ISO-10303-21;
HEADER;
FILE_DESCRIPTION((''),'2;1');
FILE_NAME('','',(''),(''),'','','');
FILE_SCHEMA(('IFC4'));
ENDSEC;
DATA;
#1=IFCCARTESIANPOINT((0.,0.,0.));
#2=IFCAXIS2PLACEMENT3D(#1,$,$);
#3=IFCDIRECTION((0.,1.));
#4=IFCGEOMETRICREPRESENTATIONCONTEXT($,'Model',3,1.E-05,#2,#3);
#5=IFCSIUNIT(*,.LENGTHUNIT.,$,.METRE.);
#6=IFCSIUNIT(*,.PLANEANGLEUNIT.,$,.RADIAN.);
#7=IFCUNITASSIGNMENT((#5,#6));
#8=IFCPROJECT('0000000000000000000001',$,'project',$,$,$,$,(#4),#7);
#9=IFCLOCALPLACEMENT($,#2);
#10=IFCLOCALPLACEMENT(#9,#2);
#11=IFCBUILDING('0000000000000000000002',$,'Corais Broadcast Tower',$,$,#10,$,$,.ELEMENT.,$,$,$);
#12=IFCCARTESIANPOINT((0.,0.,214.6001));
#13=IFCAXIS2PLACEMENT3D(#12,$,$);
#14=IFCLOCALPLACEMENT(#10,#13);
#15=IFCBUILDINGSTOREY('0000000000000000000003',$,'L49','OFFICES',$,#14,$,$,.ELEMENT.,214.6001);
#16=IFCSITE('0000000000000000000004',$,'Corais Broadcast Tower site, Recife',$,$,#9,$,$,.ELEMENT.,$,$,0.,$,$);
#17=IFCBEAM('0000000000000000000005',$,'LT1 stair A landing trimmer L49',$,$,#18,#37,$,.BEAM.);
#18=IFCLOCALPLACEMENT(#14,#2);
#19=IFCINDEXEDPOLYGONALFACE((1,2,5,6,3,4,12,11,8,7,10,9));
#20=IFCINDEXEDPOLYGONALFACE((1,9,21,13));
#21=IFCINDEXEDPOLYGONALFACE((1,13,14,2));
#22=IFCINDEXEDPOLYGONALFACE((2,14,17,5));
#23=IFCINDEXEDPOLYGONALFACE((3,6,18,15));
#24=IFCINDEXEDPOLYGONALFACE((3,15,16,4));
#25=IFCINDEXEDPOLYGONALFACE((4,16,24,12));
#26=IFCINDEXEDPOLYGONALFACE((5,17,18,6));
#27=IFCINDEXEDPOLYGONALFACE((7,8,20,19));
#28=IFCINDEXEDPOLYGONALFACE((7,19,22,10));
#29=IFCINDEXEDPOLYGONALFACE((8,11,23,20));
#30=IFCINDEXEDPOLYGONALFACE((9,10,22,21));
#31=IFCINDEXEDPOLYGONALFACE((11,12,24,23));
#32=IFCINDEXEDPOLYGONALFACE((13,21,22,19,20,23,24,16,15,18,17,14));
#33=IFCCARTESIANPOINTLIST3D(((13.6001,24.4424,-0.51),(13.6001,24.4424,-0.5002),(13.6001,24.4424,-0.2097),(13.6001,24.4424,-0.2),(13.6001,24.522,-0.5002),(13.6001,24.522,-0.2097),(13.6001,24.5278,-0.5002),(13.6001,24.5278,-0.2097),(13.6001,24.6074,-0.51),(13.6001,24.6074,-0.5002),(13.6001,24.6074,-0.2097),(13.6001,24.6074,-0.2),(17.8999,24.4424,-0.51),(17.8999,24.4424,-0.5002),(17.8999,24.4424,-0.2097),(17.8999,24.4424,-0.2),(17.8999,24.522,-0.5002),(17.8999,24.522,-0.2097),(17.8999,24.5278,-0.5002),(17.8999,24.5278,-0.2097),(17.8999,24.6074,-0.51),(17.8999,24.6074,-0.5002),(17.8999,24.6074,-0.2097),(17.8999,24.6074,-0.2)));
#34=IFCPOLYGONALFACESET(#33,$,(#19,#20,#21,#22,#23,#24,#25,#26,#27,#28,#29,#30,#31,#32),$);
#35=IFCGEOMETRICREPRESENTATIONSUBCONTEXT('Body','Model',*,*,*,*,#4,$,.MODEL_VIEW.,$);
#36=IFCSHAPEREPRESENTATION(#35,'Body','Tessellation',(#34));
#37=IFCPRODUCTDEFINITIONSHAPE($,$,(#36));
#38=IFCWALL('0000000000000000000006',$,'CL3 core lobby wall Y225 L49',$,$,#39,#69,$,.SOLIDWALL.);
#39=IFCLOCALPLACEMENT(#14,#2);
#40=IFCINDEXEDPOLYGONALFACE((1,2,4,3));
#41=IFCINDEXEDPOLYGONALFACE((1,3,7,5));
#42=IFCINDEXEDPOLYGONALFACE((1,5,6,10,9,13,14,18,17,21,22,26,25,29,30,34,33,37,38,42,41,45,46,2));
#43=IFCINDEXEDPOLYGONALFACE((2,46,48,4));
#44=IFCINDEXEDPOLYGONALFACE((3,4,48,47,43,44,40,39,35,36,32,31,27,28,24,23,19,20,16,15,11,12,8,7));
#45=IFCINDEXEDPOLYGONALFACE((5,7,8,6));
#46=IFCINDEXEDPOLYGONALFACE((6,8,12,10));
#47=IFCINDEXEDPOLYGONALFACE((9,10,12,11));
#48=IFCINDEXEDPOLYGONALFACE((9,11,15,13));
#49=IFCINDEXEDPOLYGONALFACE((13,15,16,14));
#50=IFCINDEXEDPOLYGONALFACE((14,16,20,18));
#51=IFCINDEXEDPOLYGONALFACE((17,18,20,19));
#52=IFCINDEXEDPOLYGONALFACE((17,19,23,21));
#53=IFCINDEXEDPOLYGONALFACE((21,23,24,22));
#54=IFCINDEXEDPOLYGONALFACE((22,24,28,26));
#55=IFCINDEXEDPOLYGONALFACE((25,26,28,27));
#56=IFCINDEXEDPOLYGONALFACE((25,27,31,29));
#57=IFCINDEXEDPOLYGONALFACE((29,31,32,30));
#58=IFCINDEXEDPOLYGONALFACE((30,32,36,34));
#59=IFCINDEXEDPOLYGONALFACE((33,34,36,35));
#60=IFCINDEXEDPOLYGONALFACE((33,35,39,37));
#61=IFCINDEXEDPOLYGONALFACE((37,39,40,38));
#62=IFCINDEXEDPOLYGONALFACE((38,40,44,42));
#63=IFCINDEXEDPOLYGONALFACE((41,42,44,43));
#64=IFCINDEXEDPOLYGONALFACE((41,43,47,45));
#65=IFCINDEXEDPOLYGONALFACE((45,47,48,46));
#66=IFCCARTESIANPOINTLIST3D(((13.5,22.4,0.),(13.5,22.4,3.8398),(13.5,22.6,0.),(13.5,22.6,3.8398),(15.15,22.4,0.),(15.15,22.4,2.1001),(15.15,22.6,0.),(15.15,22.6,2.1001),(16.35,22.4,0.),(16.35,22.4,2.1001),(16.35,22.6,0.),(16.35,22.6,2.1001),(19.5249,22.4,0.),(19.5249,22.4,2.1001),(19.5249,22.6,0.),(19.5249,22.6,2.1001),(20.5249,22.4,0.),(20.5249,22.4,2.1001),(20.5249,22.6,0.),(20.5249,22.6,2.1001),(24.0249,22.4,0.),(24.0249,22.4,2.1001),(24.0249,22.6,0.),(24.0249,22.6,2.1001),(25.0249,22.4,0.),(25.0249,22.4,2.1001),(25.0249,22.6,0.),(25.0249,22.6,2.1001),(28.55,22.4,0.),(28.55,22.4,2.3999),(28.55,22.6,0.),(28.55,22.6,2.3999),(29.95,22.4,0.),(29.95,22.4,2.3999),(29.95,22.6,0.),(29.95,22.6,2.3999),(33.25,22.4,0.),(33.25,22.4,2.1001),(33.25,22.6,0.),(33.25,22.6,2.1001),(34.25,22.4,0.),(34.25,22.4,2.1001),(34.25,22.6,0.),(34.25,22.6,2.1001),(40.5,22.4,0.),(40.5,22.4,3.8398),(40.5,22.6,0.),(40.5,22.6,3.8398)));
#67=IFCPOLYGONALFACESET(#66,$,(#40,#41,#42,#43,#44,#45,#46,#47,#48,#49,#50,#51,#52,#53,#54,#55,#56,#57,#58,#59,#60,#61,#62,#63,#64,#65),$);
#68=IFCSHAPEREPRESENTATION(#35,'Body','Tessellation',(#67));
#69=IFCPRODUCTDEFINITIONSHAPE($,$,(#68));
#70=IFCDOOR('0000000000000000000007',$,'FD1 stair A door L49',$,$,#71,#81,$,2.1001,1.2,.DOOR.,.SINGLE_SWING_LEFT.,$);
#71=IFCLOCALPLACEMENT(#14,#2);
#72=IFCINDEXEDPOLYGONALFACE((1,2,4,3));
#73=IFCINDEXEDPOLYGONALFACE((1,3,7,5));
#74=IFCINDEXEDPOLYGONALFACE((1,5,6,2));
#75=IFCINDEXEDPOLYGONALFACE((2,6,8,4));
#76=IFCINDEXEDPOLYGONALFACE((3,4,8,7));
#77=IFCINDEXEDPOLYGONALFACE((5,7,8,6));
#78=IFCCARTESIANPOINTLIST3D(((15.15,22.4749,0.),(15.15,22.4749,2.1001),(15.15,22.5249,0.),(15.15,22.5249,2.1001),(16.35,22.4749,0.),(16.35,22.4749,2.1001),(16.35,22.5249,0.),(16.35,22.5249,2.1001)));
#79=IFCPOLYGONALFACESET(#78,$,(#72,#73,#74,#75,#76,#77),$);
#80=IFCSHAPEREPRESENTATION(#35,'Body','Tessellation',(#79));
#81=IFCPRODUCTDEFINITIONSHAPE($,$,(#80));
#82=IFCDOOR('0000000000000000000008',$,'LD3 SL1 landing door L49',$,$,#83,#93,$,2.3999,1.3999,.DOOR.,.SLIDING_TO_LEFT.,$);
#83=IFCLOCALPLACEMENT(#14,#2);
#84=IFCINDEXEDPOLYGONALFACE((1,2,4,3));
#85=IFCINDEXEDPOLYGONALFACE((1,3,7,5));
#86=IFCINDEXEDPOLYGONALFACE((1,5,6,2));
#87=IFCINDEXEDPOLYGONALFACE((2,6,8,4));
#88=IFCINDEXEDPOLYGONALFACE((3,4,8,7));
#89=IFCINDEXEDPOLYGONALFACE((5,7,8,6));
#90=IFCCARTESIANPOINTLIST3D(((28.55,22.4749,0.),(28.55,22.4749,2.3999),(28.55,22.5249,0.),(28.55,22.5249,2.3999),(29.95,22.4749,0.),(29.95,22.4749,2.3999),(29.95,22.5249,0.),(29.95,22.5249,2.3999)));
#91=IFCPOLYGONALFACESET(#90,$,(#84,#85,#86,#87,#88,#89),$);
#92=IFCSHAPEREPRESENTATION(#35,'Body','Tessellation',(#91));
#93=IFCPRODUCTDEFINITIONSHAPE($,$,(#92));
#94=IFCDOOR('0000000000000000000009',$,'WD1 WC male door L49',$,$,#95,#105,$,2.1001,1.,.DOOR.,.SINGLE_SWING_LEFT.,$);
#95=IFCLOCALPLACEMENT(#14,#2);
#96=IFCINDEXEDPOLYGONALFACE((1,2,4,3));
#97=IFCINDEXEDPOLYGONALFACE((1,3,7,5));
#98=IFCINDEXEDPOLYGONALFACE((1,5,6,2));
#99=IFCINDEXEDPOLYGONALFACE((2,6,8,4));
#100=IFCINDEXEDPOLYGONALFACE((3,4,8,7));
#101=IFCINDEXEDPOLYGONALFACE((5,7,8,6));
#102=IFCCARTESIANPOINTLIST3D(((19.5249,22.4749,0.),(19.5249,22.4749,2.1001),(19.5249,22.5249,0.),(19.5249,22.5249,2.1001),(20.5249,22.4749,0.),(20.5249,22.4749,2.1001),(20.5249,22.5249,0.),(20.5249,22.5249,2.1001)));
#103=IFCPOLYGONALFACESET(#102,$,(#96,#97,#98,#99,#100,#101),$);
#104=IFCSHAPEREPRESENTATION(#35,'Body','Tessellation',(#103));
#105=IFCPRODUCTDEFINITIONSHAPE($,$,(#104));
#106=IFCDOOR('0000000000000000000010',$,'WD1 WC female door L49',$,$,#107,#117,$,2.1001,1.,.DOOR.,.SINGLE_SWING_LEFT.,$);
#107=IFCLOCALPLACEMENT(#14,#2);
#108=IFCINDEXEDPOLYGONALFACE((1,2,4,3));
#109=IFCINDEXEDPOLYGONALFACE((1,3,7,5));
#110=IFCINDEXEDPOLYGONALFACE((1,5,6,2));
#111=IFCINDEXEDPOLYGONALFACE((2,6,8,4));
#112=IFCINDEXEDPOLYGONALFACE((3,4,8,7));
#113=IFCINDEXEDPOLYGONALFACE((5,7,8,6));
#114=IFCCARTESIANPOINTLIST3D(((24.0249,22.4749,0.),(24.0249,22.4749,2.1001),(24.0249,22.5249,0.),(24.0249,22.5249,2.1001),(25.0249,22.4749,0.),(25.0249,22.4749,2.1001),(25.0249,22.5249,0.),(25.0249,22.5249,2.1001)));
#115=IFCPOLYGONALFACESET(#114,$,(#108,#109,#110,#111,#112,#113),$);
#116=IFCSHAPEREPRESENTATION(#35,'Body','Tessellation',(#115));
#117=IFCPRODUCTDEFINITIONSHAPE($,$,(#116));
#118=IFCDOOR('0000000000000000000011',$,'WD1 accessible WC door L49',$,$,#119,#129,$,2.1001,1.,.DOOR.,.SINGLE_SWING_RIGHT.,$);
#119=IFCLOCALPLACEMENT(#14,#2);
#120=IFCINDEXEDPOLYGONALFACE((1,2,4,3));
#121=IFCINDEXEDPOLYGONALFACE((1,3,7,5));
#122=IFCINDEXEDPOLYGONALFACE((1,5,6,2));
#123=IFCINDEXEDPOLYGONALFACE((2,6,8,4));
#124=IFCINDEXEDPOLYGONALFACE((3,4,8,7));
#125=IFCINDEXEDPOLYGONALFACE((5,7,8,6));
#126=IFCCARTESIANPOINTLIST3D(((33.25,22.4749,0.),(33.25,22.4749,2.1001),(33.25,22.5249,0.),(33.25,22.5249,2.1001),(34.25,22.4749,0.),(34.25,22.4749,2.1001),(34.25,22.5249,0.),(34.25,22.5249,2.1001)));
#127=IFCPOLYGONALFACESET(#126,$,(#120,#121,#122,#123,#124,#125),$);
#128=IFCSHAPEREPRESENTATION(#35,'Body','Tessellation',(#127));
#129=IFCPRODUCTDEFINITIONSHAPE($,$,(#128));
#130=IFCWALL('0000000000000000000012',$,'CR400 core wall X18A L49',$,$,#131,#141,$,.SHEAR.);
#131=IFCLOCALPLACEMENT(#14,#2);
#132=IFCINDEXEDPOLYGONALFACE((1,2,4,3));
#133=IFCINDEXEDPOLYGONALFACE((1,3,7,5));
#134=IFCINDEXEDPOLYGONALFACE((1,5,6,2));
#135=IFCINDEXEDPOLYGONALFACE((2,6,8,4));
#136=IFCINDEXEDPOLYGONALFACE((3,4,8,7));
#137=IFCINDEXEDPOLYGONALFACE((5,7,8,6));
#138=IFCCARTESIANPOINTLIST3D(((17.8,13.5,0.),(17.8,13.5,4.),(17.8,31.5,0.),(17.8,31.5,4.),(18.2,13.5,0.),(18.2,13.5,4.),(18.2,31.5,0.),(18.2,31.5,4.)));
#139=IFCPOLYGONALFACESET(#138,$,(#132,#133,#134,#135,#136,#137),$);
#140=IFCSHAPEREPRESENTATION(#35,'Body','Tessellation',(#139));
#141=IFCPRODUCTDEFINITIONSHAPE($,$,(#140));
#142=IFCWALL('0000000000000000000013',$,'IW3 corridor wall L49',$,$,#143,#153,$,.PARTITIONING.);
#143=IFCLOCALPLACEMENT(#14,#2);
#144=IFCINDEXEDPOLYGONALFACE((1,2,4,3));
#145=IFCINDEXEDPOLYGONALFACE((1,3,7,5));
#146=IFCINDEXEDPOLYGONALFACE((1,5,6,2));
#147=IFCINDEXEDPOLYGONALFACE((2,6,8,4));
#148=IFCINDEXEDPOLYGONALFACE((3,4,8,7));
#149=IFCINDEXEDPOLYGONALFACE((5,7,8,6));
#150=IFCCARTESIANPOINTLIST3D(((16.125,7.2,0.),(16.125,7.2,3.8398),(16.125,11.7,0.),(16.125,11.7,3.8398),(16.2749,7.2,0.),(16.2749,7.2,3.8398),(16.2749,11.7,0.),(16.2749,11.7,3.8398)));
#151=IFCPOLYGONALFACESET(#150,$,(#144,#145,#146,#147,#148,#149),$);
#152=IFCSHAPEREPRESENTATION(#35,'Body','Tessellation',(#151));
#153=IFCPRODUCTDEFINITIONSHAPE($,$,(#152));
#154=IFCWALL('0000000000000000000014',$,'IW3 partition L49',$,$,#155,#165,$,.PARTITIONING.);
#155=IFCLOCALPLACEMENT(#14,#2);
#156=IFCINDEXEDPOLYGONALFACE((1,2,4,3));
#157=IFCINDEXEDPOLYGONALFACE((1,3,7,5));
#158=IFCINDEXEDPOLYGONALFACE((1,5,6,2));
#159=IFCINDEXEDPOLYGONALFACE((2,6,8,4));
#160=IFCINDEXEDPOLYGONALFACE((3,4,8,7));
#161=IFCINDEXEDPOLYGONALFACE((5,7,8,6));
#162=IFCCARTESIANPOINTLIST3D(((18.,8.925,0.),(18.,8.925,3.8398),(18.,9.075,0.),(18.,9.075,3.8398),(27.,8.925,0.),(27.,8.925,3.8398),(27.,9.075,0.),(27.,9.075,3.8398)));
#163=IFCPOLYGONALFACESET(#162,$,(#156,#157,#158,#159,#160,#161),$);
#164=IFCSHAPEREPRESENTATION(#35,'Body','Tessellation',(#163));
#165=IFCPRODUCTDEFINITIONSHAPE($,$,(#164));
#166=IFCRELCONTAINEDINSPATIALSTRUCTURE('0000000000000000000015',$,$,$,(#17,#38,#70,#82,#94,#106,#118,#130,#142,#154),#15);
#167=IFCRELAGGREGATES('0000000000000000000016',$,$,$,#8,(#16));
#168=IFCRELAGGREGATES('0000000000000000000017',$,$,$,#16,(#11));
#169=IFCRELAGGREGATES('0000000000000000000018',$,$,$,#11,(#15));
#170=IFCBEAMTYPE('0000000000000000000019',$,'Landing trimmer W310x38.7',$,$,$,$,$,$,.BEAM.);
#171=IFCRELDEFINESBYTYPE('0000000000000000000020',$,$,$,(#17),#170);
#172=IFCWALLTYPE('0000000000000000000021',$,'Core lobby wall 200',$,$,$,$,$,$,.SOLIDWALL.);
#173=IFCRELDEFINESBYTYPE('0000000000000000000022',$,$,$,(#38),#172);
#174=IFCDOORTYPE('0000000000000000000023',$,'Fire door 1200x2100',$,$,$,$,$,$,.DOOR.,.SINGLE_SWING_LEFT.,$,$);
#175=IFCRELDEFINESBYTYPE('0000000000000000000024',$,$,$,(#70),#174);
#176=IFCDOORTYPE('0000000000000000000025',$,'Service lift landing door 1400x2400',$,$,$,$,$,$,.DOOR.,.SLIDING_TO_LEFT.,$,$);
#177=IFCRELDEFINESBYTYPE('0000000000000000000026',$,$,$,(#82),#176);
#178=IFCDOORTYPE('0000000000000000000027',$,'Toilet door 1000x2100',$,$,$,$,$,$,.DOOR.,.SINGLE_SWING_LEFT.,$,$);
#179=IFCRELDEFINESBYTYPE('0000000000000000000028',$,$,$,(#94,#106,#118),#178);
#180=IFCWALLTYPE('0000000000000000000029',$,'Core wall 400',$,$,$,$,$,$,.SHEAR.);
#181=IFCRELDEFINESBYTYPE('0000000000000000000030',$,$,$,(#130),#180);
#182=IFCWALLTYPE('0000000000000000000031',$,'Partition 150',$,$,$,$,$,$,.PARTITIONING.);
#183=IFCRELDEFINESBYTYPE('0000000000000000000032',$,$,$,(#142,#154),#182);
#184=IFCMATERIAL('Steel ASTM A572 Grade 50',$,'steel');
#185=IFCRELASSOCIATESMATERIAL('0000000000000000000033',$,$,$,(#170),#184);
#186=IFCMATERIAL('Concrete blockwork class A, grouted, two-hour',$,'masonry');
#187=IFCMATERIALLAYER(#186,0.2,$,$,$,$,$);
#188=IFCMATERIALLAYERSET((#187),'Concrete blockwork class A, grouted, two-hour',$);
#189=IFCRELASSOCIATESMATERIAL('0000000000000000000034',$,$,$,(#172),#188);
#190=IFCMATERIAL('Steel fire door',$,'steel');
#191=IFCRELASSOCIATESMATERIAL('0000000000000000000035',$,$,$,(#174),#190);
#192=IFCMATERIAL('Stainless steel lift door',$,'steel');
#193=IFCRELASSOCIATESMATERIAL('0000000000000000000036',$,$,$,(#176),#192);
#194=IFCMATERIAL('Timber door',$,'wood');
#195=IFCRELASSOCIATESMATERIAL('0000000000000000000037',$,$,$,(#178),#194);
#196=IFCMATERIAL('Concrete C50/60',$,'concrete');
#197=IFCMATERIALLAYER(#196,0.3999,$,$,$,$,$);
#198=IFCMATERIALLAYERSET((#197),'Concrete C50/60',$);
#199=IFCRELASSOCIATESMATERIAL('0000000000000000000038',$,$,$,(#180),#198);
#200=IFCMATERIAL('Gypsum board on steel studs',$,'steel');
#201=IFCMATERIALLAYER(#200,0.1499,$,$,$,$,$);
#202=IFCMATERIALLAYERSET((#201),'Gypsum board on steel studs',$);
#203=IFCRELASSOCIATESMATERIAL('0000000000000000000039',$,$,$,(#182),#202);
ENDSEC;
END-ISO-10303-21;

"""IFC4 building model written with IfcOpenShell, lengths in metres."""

from ifc_helpers import new_model, si_unit, direction, frame, frame_2d, origin, origin_2d, place, context, subcontext, project, spatial, rectangle, i_section, extrude, material, layer, layer_set, material_profile, profile_set, type_object, element, fill, save


model = new_model("IFC4")

# Units and contexts
model_context = context("Model", 3, precision=1e-05, world=origin(), true_north=direction((0.0, 1.0)))
body_context = subcontext(model_context, "Body", "Model", "MODEL_VIEW")
ifc_project = project(units=[si_unit("LENGTHUNIT", "METRE"), si_unit("PLANEANGLEUNIT", "RADIAN")], contexts=[model_context])

# Site, building, storey
site_placement = place(None, origin())
site = spatial("IfcSite", under=ifc_project, at=site_placement, Name="Corais Broadcast Tower site, Recife", CompositionType="ELEMENT", RefElevation=0.0)
building_placement = place(site_placement, origin())
building = spatial("IfcBuilding", under=site, at=building_placement, Name="Corais Broadcast Tower", CompositionType="ELEMENT")
storey_placement = place(building_placement, frame((0.0, 0.0, 214.6001)))
storey = spatial("IfcBuildingStorey", under=building, at=storey_placement, Name="L49", Description="OFFICES", CompositionType="ELEMENT", Elevation=214.6001)

# Beam
ifc_material_1 = material(Name="Steel ASTM A572 Grade 50", Category="steel")
ifc_material_profile = material_profile(ifc_material_1, i_section(OverallWidth=0.165, OverallDepth=0.3101, WebThickness=0.0059, FlangeThickness=0.0098, at=origin_2d()), Name="W310x38.7")
ifc_profile_set = profile_set([ifc_material_profile], Name="Steel ASTM A572 Grade 50")
beam_type = type_object("IfcBeamType", Name="Landing trimmer W310x38.7", PredefinedType="BEAM", material=ifc_profile_set)
beam_placement = place(storey_placement, frame((13.6001, 24.5249, -0.355), z_axis=(1.0, 0.0, 0.0), x_axis=(0.0, 1.0, 0.0)))
element("IfcBeam", 1, at=beam_placement, inside=storey, type_object=beam_type, Name="LT1 stair A landing trimmer L49", PredefinedType="BEAM", context=body_context, shape_type="SweptSolid", body=[
    extrude(i_section(OverallWidth=0.165, OverallDepth=0.3101, WebThickness=0.0059, FlangeThickness=0.0098, at=origin_2d()), origin(), (0.0, 0.0, 1.0), 4.2998),
])

# Wall, openings, doors
ifc_material_2 = material(Name="Concrete blockwork class A, grouted, two-hour", Category="masonry")
ifc_layer_1 = layer(ifc_material_2, 0.2)
ifc_layer_set_1 = layer_set([ifc_layer_1], Name="Concrete blockwork class A, grouted, two-hour")
wall_type_1 = type_object("IfcWallType", Name="Core lobby wall 200", PredefinedType="SOLIDWALL", material=ifc_layer_set_1)
wall_1_placement = place(storey_placement, frame((13.5, 22.5, 0.0), z_axis=(0.0, 0.0, 1.0), x_axis=(1.0, 0.0, 0.0)))
wall_1 = element("IfcWall", 2, at=wall_1_placement, inside=storey, type_object=wall_type_1, Name="CL3 core lobby wall Y225 L49", PredefinedType="SOLIDWALL", context=body_context, shape_type="SweptSolid", body=[
    extrude(rectangle(XDim=27.0, YDim=0.2, at=frame_2d((13.5, 0.0))), origin(), (0.0, 0.0, 1.0), 3.8398),
])
opening_1_placement = place(wall_1_placement, frame((1.6499, 0.0, 0.0)))
opening_1 = element("IfcOpeningElement", 3, at=opening_1_placement, cuts=wall_1, PredefinedType="OPENING", context=body_context, shape_type="SweptSolid", body=[
    extrude(rectangle(XDim=1.2, YDim=2.1001, at=frame_2d((0.6001, 1.05))), frame((0.0, 0.1099, 0.0), z_axis=(0.0, -1.0, 0.0), x_axis=(1.0, 0.0, 0.0)), (0.0, 0.0, 1.0), 0.22),
])
opening_2_placement = place(wall_1_placement, frame((6.0249, 0.0, 0.0)))
opening_2 = element("IfcOpeningElement", 4, at=opening_2_placement, cuts=wall_1, PredefinedType="OPENING", context=body_context, shape_type="SweptSolid", body=[
    extrude(rectangle(XDim=1.0, YDim=2.1001, at=frame_2d((0.5, 1.05))), frame((0.0, 0.1099, 0.0), z_axis=(0.0, -1.0, 0.0), x_axis=(1.0, 0.0, 0.0)), (0.0, 0.0, 1.0), 0.22),
])
opening_3_placement = place(wall_1_placement, frame((10.5249, 0.0, 0.0)))
opening_3 = element("IfcOpeningElement", 5, at=opening_3_placement, cuts=wall_1, PredefinedType="OPENING", context=body_context, shape_type="SweptSolid", body=[
    extrude(rectangle(XDim=1.0, YDim=2.1001, at=frame_2d((0.5, 1.05))), frame((0.0, 0.1099, 0.0), z_axis=(0.0, -1.0, 0.0), x_axis=(1.0, 0.0, 0.0)), (0.0, 0.0, 1.0), 0.22),
])
opening_4_placement = place(wall_1_placement, frame((19.75, 0.0, 0.0)))
opening_4 = element("IfcOpeningElement", 6, at=opening_4_placement, cuts=wall_1, PredefinedType="OPENING", context=body_context, shape_type="SweptSolid", body=[
    extrude(rectangle(XDim=1.0, YDim=2.1001, at=frame_2d((0.5, 1.05))), frame((0.0, 0.1099, 0.0), z_axis=(0.0, -1.0, 0.0), x_axis=(1.0, 0.0, 0.0)), (0.0, 0.0, 1.0), 0.22),
])
opening_5_placement = place(wall_1_placement, frame((15.05, 0.0, 0.0)))
opening_5 = element("IfcOpeningElement", 7, at=opening_5_placement, cuts=wall_1, PredefinedType="OPENING", context=body_context, shape_type="SweptSolid", body=[
    extrude(rectangle(XDim=1.3999, YDim=2.3999, at=frame_2d((0.7, 1.2))), frame((0.0, 0.1099, 0.0), z_axis=(0.0, -1.0, 0.0), x_axis=(1.0, 0.0, 0.0)), (0.0, 0.0, 1.0), 0.22),
])
ifc_material_3 = material(Name="Steel fire door", Category="steel")
door_type_1 = type_object("IfcDoorType", Name="Fire door 1200x2100", OperationType="SINGLE_SWING_LEFT", PredefinedType="DOOR", material=ifc_material_3)
door_1_placement = place(opening_1_placement, origin())
door_1 = element("IfcDoor", 8, at=door_1_placement, inside=storey, type_object=door_type_1, Name="FD1 stair A door L49", OperationType="SINGLE_SWING_LEFT", OverallHeight=2.1001, OverallWidth=1.2, PredefinedType="DOOR", context=body_context, shape_type="SweptSolid", body=[
    extrude(rectangle(XDim=1.2, YDim=2.1001, at=frame_2d((0.6001, 1.05))), frame((0.0, 0.0249, 0.0), z_axis=(0.0, -1.0, 0.0), x_axis=(1.0, 0.0, 0.0)), (0.0, 0.0, 1.0), 0.05),
])
fill(opening_1, door_1)
ifc_material_4 = material(Name="Stainless steel lift door", Category="steel")
door_type_2 = type_object("IfcDoorType", Name="Service lift landing door 1400x2400", OperationType="SLIDING_TO_LEFT", PredefinedType="DOOR", material=ifc_material_4)
door_2_placement = place(opening_5_placement, origin())
door_2 = element("IfcDoor", 9, at=door_2_placement, inside=storey, type_object=door_type_2, Name="LD3 SL1 landing door L49", OperationType="SLIDING_TO_LEFT", OverallHeight=2.3999, OverallWidth=1.3999, PredefinedType="DOOR", context=body_context, shape_type="SweptSolid", body=[
    extrude(rectangle(XDim=1.3999, YDim=2.3999, at=frame_2d((0.7, 1.2))), frame((0.0, 0.0249, 0.0), z_axis=(0.0, -1.0, 0.0), x_axis=(1.0, 0.0, 0.0)), (0.0, 0.0, 1.0), 0.05),
])
fill(opening_5, door_2)
ifc_material_5 = material(Name="Timber door", Category="wood")
door_type_3 = type_object("IfcDoorType", Name="Toilet door 1000x2100", OperationType="SINGLE_SWING_LEFT", PredefinedType="DOOR", material=ifc_material_5)
door_3_placement = place(opening_2_placement, origin())
door_3 = element("IfcDoor", 10, at=door_3_placement, inside=storey, type_object=door_type_3, Name="WD1 WC male door L49", OperationType="SINGLE_SWING_LEFT", OverallHeight=2.1001, OverallWidth=1.0, PredefinedType="DOOR", context=body_context, shape_type="SweptSolid", body=[
    extrude(rectangle(XDim=1.0, YDim=2.1001, at=frame_2d((0.5, 1.05))), frame((0.0, 0.0249, 0.0), z_axis=(0.0, -1.0, 0.0), x_axis=(1.0, 0.0, 0.0)), (0.0, 0.0, 1.0), 0.05),
])
fill(opening_2, door_3)
door_4_placement = place(opening_3_placement, origin())
door_4 = element("IfcDoor", 11, at=door_4_placement, inside=storey, type_object=door_type_3, Name="WD1 WC female door L49", OperationType="SINGLE_SWING_LEFT", OverallHeight=2.1001, OverallWidth=1.0, PredefinedType="DOOR", context=body_context, shape_type="SweptSolid", body=[
    extrude(rectangle(XDim=1.0, YDim=2.1001, at=frame_2d((0.5, 1.05))), frame((0.0, 0.0249, 0.0), z_axis=(0.0, -1.0, 0.0), x_axis=(1.0, 0.0, 0.0)), (0.0, 0.0, 1.0), 0.05),
])
fill(opening_3, door_4)
door_5_placement = place(opening_4_placement, origin())
door_5 = element("IfcDoor", 12, at=door_5_placement, inside=storey, type_object=door_type_3, Name="WD1 accessible WC door L49", OperationType="SINGLE_SWING_RIGHT", OverallHeight=2.1001, OverallWidth=1.0, PredefinedType="DOOR", context=body_context, shape_type="SweptSolid", body=[
    extrude(rectangle(XDim=1.0, YDim=2.1001, at=frame_2d((0.5, 1.05))), frame((0.0, 0.0249, 0.0), z_axis=(0.0, -1.0, 0.0), x_axis=(1.0, 0.0, 0.0)), (0.0, 0.0, 1.0), 0.05),
])
fill(opening_4, door_5)

# Walls
ifc_material_6 = material(Name="Concrete C50/60", Category="concrete")
ifc_layer_2 = layer(ifc_material_6, 0.3999)
ifc_layer_set_2 = layer_set([ifc_layer_2], Name="Concrete C50/60")
wall_type_2 = type_object("IfcWallType", Name="Core wall 400", PredefinedType="SHEAR", material=ifc_layer_set_2)
wall_2_placement = place(storey_placement, frame((18.0, 13.5, 0.0), z_axis=(0.0, 0.0, 1.0), x_axis=(0.0, 1.0, 0.0)))
element("IfcWall", 13, at=wall_2_placement, inside=storey, type_object=wall_type_2, Name="CR400 core wall X18A L49", PredefinedType="SHEAR", context=body_context, shape_type="SweptSolid", body=[
    extrude(rectangle(XDim=18.0, YDim=0.3999, at=frame_2d((9.0, 0.0))), origin(), (0.0, 0.0, 1.0), 4.0),
])
ifc_material_7 = material(Name="Gypsum board on steel studs", Category="steel")
ifc_layer_3 = layer(ifc_material_7, 0.1499)
ifc_layer_set_3 = layer_set([ifc_layer_3], Name="Gypsum board on steel studs")
wall_type_3 = type_object("IfcWallType", Name="Partition 150", PredefinedType="PARTITIONING", material=ifc_layer_set_3)
wall_3_placement = place(storey_placement, frame((16.2, 11.7, 0.0), z_axis=(0.0, 0.0, 1.0), x_axis=(0.0, -1.0, 0.0)))
element("IfcWall", 14, at=wall_3_placement, inside=storey, type_object=wall_type_3, Name="IW3 corridor wall L49", PredefinedType="PARTITIONING", context=body_context, shape_type="SweptSolid", body=[
    extrude(rectangle(XDim=4.5, YDim=0.1499, at=frame_2d((2.25, 0.0))), origin(), (0.0, 0.0, 1.0), 3.8398),
])
wall_4_placement = place(storey_placement, frame((18.0, 9.0, 0.0), z_axis=(0.0, 0.0, 1.0), x_axis=(1.0, 0.0, 0.0)))
element("IfcWall", 15, at=wall_4_placement, inside=storey, type_object=wall_type_3, Name="IW3 partition L49", PredefinedType="PARTITIONING", context=body_context, shape_type="SweptSolid", body=[
    extrude(rectangle(XDim=9.0, YDim=0.1499, at=frame_2d((4.5, 0.0))), origin(), (0.0, 0.0, 1.0), 3.8398),
])

save(model, "model.ifc")
